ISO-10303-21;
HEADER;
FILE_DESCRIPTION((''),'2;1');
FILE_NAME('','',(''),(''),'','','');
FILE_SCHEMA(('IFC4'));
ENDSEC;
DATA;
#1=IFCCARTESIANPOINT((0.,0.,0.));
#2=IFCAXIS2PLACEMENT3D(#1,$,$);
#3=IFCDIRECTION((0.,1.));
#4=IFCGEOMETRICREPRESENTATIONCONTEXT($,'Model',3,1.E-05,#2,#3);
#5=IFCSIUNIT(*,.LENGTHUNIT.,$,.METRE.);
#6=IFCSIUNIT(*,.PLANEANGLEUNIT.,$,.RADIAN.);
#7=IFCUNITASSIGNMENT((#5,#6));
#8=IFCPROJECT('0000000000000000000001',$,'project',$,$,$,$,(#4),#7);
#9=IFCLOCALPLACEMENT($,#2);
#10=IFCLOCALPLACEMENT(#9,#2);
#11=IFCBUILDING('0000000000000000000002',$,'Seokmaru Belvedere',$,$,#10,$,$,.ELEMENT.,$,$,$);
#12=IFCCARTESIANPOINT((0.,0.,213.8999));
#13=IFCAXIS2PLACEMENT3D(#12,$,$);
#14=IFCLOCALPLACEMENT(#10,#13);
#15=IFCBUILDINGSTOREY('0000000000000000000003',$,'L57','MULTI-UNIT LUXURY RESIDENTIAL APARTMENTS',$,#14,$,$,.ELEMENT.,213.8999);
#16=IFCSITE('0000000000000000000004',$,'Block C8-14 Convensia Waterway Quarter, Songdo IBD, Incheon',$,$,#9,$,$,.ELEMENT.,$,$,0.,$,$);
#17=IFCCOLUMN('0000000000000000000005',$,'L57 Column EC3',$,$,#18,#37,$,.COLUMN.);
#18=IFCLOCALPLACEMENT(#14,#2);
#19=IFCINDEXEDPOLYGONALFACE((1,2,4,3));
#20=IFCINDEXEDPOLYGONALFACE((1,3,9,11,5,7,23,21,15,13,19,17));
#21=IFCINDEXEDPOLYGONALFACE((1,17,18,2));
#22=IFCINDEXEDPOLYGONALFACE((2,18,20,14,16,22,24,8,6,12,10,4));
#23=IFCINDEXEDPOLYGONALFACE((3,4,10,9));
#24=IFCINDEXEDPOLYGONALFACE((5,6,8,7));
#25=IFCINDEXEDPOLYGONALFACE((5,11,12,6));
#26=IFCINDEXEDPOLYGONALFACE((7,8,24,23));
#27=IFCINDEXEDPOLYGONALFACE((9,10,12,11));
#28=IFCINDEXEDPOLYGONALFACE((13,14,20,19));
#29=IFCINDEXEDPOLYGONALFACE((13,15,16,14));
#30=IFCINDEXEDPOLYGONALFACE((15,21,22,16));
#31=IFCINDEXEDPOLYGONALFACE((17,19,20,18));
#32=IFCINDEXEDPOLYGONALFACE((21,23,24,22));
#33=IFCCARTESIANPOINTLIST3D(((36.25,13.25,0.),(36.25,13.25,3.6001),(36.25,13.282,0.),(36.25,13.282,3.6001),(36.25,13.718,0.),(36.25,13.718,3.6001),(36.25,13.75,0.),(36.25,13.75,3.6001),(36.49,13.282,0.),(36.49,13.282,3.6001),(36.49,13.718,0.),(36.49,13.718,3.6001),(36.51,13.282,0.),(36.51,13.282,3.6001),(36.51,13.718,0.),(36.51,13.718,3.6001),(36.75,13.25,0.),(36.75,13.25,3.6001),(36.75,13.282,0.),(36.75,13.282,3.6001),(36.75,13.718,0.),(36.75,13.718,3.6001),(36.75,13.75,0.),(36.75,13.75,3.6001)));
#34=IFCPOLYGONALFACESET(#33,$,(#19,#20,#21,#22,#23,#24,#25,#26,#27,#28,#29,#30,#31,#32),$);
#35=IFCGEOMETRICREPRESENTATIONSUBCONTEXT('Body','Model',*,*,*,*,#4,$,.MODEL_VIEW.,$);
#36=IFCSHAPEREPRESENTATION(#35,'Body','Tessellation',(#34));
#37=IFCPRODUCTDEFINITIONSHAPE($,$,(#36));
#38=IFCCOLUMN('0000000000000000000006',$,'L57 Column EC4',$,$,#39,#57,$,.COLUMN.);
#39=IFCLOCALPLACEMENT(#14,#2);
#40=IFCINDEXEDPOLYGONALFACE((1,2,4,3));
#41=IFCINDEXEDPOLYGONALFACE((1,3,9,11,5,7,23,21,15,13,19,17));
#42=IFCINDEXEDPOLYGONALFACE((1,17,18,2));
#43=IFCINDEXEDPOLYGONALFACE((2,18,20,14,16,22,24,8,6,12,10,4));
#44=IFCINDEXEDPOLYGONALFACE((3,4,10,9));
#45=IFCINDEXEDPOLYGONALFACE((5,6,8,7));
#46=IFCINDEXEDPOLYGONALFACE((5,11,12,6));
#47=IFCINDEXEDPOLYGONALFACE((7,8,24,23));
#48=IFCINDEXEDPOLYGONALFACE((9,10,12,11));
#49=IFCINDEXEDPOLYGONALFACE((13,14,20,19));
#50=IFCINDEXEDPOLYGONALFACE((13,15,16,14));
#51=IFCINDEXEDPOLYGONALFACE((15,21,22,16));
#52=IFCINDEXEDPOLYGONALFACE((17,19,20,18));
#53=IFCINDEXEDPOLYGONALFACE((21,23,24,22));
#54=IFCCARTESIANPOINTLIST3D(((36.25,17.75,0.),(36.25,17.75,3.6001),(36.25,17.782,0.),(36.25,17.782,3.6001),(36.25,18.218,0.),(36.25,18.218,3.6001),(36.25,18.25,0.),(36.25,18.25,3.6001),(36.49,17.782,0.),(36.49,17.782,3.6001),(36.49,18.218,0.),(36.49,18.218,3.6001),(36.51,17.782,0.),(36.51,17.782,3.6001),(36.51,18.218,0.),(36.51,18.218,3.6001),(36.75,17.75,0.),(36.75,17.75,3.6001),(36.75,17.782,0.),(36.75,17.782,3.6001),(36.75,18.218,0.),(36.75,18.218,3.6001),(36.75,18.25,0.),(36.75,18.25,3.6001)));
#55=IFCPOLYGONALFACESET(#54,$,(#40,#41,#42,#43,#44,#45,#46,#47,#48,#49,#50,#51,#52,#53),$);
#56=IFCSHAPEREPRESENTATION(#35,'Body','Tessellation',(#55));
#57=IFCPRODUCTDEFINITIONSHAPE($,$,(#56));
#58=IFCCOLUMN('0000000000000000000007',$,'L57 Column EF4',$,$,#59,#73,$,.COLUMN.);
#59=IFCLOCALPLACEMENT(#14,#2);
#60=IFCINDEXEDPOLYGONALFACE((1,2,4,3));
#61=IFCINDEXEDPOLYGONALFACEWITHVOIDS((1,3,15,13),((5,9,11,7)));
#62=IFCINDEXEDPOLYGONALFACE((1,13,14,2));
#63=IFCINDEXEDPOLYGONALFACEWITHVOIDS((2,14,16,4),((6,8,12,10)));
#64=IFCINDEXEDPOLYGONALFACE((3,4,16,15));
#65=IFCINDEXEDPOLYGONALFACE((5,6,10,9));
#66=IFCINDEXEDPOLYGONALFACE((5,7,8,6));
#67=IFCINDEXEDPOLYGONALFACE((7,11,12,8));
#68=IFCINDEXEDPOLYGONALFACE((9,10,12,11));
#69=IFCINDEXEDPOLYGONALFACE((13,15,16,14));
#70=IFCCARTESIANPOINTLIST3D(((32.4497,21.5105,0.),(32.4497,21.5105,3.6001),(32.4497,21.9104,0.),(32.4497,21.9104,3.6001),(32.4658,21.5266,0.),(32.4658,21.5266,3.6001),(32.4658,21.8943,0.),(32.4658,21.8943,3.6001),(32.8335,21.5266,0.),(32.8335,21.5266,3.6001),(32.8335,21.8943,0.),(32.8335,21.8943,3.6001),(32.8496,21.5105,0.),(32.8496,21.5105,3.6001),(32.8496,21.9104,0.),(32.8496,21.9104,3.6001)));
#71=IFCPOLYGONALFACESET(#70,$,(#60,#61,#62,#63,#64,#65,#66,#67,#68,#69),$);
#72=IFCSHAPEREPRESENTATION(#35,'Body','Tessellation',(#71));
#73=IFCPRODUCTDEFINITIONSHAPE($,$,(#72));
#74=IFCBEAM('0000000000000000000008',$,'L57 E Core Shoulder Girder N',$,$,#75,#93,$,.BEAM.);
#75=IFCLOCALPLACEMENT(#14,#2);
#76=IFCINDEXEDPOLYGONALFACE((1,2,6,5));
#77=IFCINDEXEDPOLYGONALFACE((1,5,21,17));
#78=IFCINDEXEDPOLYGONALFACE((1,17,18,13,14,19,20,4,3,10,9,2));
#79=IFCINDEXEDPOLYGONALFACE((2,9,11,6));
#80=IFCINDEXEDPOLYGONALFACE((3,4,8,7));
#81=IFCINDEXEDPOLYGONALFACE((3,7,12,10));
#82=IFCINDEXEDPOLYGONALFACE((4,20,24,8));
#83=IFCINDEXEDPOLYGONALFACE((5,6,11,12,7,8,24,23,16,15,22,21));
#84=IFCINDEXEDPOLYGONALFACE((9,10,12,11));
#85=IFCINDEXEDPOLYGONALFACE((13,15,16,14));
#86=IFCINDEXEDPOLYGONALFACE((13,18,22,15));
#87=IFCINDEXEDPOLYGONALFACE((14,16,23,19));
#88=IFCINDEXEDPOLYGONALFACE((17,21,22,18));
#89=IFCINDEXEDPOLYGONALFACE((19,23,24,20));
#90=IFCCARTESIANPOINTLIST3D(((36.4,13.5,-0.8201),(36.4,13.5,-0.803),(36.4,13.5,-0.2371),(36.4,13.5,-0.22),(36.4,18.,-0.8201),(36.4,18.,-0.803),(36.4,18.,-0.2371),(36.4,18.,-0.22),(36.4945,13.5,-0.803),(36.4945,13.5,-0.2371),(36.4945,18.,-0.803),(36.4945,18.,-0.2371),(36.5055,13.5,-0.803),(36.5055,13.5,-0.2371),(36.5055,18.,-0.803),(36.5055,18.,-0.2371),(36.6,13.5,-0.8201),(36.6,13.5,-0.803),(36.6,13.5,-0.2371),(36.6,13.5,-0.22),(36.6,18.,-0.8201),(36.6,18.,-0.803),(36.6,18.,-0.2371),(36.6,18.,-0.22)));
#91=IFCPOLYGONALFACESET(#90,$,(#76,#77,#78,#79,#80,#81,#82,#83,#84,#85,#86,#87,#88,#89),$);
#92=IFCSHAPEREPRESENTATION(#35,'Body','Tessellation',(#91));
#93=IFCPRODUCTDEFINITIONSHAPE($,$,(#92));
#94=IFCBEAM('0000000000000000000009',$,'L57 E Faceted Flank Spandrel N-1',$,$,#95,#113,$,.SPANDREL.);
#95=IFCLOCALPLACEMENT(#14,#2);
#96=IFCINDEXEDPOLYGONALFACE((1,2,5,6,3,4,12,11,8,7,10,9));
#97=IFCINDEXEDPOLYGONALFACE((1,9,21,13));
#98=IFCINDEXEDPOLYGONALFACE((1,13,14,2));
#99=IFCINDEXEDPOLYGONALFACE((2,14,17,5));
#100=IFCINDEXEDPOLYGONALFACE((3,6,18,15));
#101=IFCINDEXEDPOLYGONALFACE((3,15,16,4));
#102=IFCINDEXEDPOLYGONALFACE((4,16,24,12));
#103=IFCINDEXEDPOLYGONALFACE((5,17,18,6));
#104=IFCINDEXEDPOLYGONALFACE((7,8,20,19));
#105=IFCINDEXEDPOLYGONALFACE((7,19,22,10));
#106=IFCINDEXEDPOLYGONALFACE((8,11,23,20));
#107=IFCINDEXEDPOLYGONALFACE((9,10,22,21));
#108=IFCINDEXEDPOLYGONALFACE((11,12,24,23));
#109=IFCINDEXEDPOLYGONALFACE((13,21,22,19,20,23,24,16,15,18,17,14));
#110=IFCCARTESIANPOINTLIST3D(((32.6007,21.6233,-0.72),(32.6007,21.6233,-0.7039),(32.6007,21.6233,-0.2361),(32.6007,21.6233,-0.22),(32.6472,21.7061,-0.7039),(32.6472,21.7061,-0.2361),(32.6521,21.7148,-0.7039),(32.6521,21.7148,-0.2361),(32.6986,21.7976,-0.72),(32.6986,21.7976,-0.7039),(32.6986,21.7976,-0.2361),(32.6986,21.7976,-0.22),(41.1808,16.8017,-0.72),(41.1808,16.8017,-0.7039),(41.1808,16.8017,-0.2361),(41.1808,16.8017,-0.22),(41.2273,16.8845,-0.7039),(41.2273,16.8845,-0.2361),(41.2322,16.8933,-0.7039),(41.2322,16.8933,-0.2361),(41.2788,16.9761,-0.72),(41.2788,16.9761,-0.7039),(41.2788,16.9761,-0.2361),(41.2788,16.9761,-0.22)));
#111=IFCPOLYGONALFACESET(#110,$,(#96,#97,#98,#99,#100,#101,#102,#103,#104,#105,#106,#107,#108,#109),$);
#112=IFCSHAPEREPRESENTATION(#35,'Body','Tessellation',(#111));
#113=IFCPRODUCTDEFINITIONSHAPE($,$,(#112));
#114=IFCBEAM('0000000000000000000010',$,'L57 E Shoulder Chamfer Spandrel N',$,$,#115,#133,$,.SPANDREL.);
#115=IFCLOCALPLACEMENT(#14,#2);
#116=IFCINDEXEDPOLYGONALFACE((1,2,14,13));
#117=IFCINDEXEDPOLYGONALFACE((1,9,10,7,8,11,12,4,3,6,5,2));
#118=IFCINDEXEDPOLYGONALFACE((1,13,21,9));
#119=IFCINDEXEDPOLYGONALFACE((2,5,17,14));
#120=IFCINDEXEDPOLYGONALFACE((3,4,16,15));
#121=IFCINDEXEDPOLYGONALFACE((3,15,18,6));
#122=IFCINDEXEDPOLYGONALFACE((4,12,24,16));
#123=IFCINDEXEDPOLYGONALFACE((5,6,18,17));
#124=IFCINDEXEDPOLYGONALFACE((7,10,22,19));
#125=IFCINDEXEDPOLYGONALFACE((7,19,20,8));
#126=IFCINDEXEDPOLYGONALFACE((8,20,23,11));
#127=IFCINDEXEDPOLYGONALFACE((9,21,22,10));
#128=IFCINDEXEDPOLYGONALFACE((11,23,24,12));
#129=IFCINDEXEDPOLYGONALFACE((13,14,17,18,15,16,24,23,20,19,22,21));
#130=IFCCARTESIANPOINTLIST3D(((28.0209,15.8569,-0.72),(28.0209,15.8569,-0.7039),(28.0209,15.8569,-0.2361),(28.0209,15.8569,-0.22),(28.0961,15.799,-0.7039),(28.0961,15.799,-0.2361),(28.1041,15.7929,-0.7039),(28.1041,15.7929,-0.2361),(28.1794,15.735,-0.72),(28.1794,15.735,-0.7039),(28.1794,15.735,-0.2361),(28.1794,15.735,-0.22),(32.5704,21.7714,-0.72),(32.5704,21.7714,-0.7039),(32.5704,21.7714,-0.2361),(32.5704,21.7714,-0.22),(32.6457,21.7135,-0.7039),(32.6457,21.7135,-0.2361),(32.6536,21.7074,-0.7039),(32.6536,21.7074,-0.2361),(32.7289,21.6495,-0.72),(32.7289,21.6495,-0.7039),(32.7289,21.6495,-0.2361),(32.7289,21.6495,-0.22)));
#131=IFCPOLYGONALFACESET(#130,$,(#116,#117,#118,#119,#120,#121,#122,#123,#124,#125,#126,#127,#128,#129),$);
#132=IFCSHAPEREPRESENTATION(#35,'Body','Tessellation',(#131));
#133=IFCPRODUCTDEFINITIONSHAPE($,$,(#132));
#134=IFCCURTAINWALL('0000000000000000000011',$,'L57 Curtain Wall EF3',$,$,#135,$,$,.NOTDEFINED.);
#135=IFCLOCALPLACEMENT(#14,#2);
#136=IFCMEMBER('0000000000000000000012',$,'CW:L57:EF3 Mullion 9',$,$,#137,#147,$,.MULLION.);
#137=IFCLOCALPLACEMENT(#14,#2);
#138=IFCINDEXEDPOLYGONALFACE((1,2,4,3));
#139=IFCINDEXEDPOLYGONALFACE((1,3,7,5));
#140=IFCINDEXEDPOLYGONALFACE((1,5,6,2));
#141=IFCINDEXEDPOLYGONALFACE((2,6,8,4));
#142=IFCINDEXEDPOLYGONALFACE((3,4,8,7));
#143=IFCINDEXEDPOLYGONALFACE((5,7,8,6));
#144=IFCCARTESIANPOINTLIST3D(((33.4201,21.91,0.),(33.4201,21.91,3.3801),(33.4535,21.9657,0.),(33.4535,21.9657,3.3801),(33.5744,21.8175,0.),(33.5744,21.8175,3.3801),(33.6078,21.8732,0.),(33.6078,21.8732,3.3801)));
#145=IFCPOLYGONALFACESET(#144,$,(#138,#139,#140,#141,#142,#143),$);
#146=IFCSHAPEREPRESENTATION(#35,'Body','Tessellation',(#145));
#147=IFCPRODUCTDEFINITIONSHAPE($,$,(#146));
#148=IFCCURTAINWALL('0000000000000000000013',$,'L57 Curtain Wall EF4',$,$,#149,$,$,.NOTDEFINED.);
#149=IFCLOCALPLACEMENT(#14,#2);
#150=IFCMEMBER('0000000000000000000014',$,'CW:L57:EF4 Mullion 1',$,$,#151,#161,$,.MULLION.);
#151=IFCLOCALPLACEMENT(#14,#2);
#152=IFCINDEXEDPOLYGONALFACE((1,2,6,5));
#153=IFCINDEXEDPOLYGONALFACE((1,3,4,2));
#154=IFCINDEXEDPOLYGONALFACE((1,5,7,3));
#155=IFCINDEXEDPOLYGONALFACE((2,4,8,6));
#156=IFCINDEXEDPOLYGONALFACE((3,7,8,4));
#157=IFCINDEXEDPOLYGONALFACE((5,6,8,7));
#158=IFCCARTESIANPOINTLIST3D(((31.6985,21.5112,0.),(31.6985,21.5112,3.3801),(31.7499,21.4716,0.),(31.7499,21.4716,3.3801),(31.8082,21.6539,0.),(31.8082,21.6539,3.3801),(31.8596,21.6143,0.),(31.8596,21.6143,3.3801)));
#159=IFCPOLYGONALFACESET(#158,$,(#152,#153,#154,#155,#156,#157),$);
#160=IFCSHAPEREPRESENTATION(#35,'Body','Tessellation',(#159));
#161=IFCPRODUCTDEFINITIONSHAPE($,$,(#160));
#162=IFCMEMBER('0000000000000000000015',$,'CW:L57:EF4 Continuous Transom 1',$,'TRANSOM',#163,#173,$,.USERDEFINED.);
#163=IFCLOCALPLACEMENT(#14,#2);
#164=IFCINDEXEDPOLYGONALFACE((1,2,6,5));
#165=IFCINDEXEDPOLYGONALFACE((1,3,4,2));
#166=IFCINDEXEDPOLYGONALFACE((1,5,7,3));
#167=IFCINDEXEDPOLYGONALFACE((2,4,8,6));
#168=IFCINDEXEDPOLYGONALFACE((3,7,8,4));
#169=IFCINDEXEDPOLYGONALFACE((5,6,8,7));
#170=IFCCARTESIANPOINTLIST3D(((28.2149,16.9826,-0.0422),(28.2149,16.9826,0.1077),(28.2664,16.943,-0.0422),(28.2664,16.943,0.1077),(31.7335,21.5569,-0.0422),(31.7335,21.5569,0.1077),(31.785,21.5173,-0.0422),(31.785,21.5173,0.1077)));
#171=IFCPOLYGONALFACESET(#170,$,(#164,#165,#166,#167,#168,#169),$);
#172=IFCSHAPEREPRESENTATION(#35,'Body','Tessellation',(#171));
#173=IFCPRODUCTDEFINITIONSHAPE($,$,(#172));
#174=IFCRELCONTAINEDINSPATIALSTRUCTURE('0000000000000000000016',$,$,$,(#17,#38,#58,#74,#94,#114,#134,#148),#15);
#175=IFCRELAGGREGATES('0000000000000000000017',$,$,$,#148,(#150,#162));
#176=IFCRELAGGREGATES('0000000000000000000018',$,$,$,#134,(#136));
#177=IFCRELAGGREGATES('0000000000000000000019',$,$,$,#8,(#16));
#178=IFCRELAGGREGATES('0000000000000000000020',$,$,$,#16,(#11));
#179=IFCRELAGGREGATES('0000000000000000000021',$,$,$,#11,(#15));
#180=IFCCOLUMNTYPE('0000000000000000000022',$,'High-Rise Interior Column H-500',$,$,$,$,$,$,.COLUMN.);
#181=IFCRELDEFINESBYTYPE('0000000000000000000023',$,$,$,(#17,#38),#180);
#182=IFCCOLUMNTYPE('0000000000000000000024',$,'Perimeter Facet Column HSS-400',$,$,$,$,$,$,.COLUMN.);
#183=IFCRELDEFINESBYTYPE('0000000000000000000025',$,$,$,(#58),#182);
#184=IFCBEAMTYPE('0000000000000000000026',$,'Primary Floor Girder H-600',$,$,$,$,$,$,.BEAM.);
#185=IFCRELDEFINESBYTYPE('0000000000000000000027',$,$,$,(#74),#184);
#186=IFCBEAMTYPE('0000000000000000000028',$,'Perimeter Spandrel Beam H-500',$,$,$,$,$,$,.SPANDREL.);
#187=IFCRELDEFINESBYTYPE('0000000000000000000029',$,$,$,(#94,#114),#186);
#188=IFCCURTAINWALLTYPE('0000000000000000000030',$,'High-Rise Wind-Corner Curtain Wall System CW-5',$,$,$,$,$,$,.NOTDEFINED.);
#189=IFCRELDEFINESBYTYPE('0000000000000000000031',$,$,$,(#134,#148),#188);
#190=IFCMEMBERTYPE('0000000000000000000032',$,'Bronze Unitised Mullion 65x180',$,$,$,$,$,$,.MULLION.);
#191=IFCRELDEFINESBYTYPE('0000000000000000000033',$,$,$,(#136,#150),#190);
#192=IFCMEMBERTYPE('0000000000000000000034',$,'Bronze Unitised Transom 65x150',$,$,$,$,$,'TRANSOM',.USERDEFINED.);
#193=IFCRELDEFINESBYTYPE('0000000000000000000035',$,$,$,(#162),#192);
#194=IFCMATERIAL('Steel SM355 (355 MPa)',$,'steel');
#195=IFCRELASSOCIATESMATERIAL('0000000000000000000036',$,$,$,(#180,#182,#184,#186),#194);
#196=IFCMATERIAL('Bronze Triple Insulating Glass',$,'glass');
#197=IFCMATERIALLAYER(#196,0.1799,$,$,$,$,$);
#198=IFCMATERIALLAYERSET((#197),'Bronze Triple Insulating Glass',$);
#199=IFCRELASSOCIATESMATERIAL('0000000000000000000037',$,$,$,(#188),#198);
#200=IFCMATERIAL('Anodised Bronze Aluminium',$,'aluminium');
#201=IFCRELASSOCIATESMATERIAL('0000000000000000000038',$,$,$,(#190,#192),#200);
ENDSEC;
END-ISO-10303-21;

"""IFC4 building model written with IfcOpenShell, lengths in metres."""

from ifc_helpers import new_model, si_unit, direction, frame, origin, origin_2d, place, context, subcontext, project, spatial, rectangle, hollow_rectangle, i_section, extrude, source, transform, mapped, material, layer, layer_set, material_profile, profile_set, type_object, type_shapes, element, aggregate, save


model = new_model("IFC4")

# Units and contexts
model_context = context("Model", 3, precision=1e-05, world=origin(), true_north=direction((0.0, 1.0)))
body_context = subcontext(model_context, "Body", "Model", "MODEL_VIEW")
ifc_project = project(units=[si_unit("LENGTHUNIT", "METRE"), si_unit("PLANEANGLEUNIT", "RADIAN")], contexts=[model_context])

# Site, building, storey
site_placement = place(None, origin())
site = spatial("IfcSite", under=ifc_project, at=site_placement, Name="Block C8-14 Convensia Waterway Quarter, Songdo IBD, Incheon", CompositionType="ELEMENT", RefElevation=0.0)
building_placement = place(site_placement, origin())
building = spatial("IfcBuilding", under=site, at=building_placement, Name="Seokmaru Belvedere", CompositionType="ELEMENT")
storey_placement = place(building_placement, frame((0.0, 0.0, 213.8999)))
storey = spatial("IfcBuildingStorey", under=building, at=storey_placement, Name="L57", Description="MULTI-UNIT LUXURY RESIDENTIAL APARTMENTS", CompositionType="ELEMENT", Elevation=213.8999)

# Columns
ifc_material_1 = material(Name="Steel SM355 (355 MPa)", Category="steel")
ifc_material_profile_1 = material_profile(ifc_material_1, i_section(OverallWidth=0.5, OverallDepth=0.5, WebThickness=0.02, FlangeThickness=0.032, at=origin_2d()), Name="H-500x500x20x32")
ifc_profile_set_1 = profile_set([ifc_material_profile_1], Name="Steel SM355 (355 MPa)")
column_type_1 = type_object("IfcColumnType", Name="High-Rise Interior Column H-500", PredefinedType="COLUMN", material=ifc_profile_set_1)
shared_shape_1 = source(origin(), body_context, "Body", "SweptSolid", [
    extrude(i_section(OverallWidth=0.5, OverallDepth=0.5, WebThickness=0.02, FlangeThickness=0.032, at=origin_2d()), origin(), (0.0, 0.0, 1.0), 3.6001),
])
type_shapes(column_type_1, [shared_shape_1])
for number, where, z_axis, x_axis, name in (
    (1, (36.5, 13.5, 0.0), (0.0, 0.0, 1.0), (1.0, 0.0, 0.0), "L57 Column EC3"),
    (2, (36.5, 18.0, 0.0), (0.0, 0.0, 1.0), (1.0, 0.0, 0.0), "L57 Column EC4"),
):
    element("IfcColumn", number, at=place(storey_placement, frame(where, z_axis=z_axis, x_axis=x_axis)), inside=storey, type_object=column_type_1, Name=name, PredefinedType="COLUMN", context=body_context, shape_type="MappedRepresentation", body=[
        mapped(shared_shape_1, transform((0.0, 0.0, 0.0), scale=1.0)),
    ])
ifc_material_profile_2 = material_profile(ifc_material_1, hollow_rectangle(XDim=0.3999, YDim=0.3999, WallThickness=0.0161, at=origin_2d()), Name="HSS-400x400x16")
ifc_profile_set_2 = profile_set([ifc_material_profile_2], Name="Steel SM355 (355 MPa)")
column_type_2 = type_object("IfcColumnType", Name="Perimeter Facet Column HSS-400", PredefinedType="COLUMN", material=ifc_profile_set_2)
shared_shape_2 = source(origin(), body_context, "Body", "SweptSolid", [
    extrude(hollow_rectangle(XDim=0.3999, YDim=0.3999, WallThickness=0.0161, at=origin_2d()), origin(), (0.0, 0.0, 1.0), 3.6001),
])
type_shapes(column_type_2, [shared_shape_2])
column_placement = place(storey_placement, frame((32.6497, 21.7104, 0.0), z_axis=(0.0, 0.0, 1.0), x_axis=(1.0, 0.0, 0.0)))
element("IfcColumn", 3, at=column_placement, inside=storey, type_object=column_type_2, Name="L57 Column EF4", PredefinedType="COLUMN", context=body_context, shape_type="MappedRepresentation", body=[
    mapped(shared_shape_2, transform((0.0, 0.0, 0.0), scale=1.0)),
])

# Beams
ifc_material_profile_3 = material_profile(ifc_material_1, i_section(OverallWidth=0.2, OverallDepth=0.6001, WebThickness=0.011, FlangeThickness=0.0171, at=origin_2d()), Name="H-600x200x11x17")
ifc_profile_set_3 = profile_set([ifc_material_profile_3], Name="Steel SM355 (355 MPa)")
beam_type_1 = type_object("IfcBeamType", Name="Primary Floor Girder H-600", PredefinedType="BEAM", material=ifc_profile_set_3)
shared_shape_3 = source(origin(), body_context, "Body", "SweptSolid", [
    extrude(i_section(OverallWidth=0.2, OverallDepth=0.6001, WebThickness=0.011, FlangeThickness=0.0171, at=origin_2d()), origin(), (0.0, 0.0, 1.0), 4.5),
])
type_shapes(beam_type_1, [shared_shape_3])
beam_1_placement = place(storey_placement, frame((36.5, 13.5, -0.52), z_axis=(0.0, 1.0, 0.0), x_axis=(-1.0, 0.0, 0.0)))
element("IfcBeam", 4, at=beam_1_placement, inside=storey, type_object=beam_type_1, Name="L57 E Core Shoulder Girder N", PredefinedType="BEAM", context=body_context, shape_type="MappedRepresentation", body=[
    mapped(shared_shape_3, transform((0.0, 0.0, 0.0), scale=1.0)),
])
ifc_material_profile_4 = material_profile(ifc_material_1, i_section(OverallWidth=0.2, OverallDepth=0.5, WebThickness=0.01, FlangeThickness=0.0161, at=origin_2d()), Name="H-500x200x10x16")
ifc_profile_set_4 = profile_set([ifc_material_profile_4], Name="Steel SM355 (355 MPa)")
beam_type_2 = type_object("IfcBeamType", Name="Perimeter Spandrel Beam H-500", PredefinedType="SPANDREL", material=ifc_profile_set_4)
shared_shape_4 = source(origin(), body_context, "Body", "SweptSolid", [
    extrude(i_section(OverallWidth=0.2, OverallDepth=0.5, WebThickness=0.01, FlangeThickness=0.0161, at=origin_2d()), origin(), (0.0, 0.0, 1.0), 9.842),
])
beam_2_placement = place(storey_placement, frame((32.6497, 21.7104, -0.47), z_axis=(0.871782, -0.489894, 0.0), x_axis=(0.489894, 0.871782, 0.0)))
element("IfcBeam", 5, at=beam_2_placement, inside=storey, type_object=beam_type_2, Name="L57 E Faceted Flank Spandrel N-1", PredefinedType="SPANDREL", context=body_context, shape_type="MappedRepresentation", body=[
    mapped(shared_shape_4, transform((0.0, 0.0, 0.0), scale=1.0)),
])
shared_shape_5 = source(origin(), body_context, "Body", "SweptSolid", [
    extrude(i_section(OverallWidth=0.2, OverallDepth=0.5, WebThickness=0.01, FlangeThickness=0.0161, at=origin_2d()), origin(), (0.0, 0.0, 1.0), 7.4619),
])
type_shapes(beam_type_2, [shared_shape_4, shared_shape_5])
beam_3_placement = place(storey_placement, frame((32.6497, 21.7104, -0.47), z_axis=(-0.609703, -0.79263, 0.0), x_axis=(0.79263, -0.609703, 0.0)))
element("IfcBeam", 6, at=beam_3_placement, inside=storey, type_object=beam_type_2, Name="L57 E Shoulder Chamfer Spandrel N", PredefinedType="SPANDREL", context=body_context, shape_type="MappedRepresentation", body=[
    mapped(shared_shape_5, transform((0.0, 0.0, 0.0), scale=1.0)),
])

# Curtain wall, member
ifc_material_2 = material(Name="Bronze Triple Insulating Glass", Category="glass")
ifc_layer_1 = layer(ifc_material_2, 0.1799)
ifc_layer_set_1 = layer_set([ifc_layer_1], Name="Bronze Triple Insulating Glass")
curtain_wall_type = type_object("IfcCurtainWallType", Name="High-Rise Wind-Corner Curtain Wall System CW-5", PredefinedType="NOTDEFINED", material=ifc_layer_set_1)
curtain_wall_1_placement = place(storey_placement, origin())
curtain_wall_1 = element("IfcCurtainWall", 7, at=curtain_wall_1_placement, inside=storey, type_object=curtain_wall_type, Name="L57 Curtain Wall EF3", PredefinedType="NOTDEFINED")
ifc_material_3 = material(Name="Anodised Bronze Aluminium", Category="aluminium")
ifc_material_profile_5 = material_profile(ifc_material_3, rectangle(XDim=0.0649, YDim=0.1799, at=origin_2d()), Name="CW-M-65x180")
ifc_profile_set_5 = profile_set([ifc_material_profile_5], Name="Anodised Bronze Aluminium")
member_type_1 = type_object("IfcMemberType", Name="Bronze Unitised Mullion 65x180", PredefinedType="MULLION", material=ifc_profile_set_5)
shared_shape_6 = source(origin(), body_context, "Body", "SweptSolid", [
    extrude(rectangle(XDim=0.0649, YDim=0.1799, at=origin_2d()), origin(), (0.0, 0.0, 1.0), 3.3801),
])
type_shapes(member_type_1, [shared_shape_6])
member_1_placement = place(storey_placement, frame((33.5139, 21.8916, 0.0), z_axis=(0.0, 0.0, 1.0), x_axis=(-0.514495, -0.857493, 0.0)))
member_1 = element("IfcMember", 8, at=member_1_placement, type_object=member_type_1, Name="CW:L57:EF3 Mullion 9", PredefinedType="MULLION", context=body_context, shape_type="MappedRepresentation", body=[
    mapped(shared_shape_6, transform((0.0, 0.0, 0.0), scale=1.0)),
])

# Curtain wall, members
curtain_wall_2_placement = place(storey_placement, origin())
curtain_wall_2 = element("IfcCurtainWall", 9, at=curtain_wall_2_placement, inside=storey, type_object=curtain_wall_type, Name="L57 Curtain Wall EF4", PredefinedType="NOTDEFINED")
member_2_placement = place(storey_placement, frame((31.7791, 21.5627, 0.0), z_axis=(0.0, 0.0, 1.0), x_axis=(0.792631, -0.609701, 0.0)))
member_2 = element("IfcMember", 10, at=member_2_placement, type_object=member_type_1, Name="CW:L57:EF4 Mullion 1", PredefinedType="MULLION", context=body_context, shape_type="MappedRepresentation", body=[
    mapped(shared_shape_6, transform((0.0, 0.0, 0.0), scale=1.0)),
])
ifc_material_profile_6 = material_profile(ifc_material_3, rectangle(XDim=0.0649, YDim=0.1499, at=origin_2d()), Name="CW-T-65x150")
ifc_profile_set_6 = profile_set([ifc_material_profile_6], Name="Anodised Bronze Aluminium")
member_type_2 = type_object("IfcMemberType", Name="Bronze Unitised Transom 65x150", ElementType="TRANSOM", PredefinedType="USERDEFINED", material=ifc_profile_set_6)
shared_shape_7 = source(origin(), body_context, "Body", "SweptSolid", [
    extrude(rectangle(XDim=0.0649, YDim=0.1499, at=origin_2d()), origin(), (0.0, 0.0, 1.0), 5.771),
])
type_shapes(member_type_2, [shared_shape_7])
member_3_placement = place(storey_placement, frame((31.7593, 21.5371, 0.0327), z_axis=(-0.609703, -0.79263, 0.0), x_axis=(0.79263, -0.609703, 0.0)))
member_3 = element("IfcMember", 11, at=member_3_placement, type_object=member_type_2, Name="CW:L57:EF4 Continuous Transom 1", ObjectType="TRANSOM", PredefinedType="USERDEFINED", context=body_context, shape_type="MappedRepresentation", body=[
    mapped(shared_shape_7, transform((0.0, 0.0, 0.0), scale=1.0)),
])

aggregate(curtain_wall_2, [member_2, member_3])
aggregate(curtain_wall_1, [member_1])

save(model, "model.ifc")
